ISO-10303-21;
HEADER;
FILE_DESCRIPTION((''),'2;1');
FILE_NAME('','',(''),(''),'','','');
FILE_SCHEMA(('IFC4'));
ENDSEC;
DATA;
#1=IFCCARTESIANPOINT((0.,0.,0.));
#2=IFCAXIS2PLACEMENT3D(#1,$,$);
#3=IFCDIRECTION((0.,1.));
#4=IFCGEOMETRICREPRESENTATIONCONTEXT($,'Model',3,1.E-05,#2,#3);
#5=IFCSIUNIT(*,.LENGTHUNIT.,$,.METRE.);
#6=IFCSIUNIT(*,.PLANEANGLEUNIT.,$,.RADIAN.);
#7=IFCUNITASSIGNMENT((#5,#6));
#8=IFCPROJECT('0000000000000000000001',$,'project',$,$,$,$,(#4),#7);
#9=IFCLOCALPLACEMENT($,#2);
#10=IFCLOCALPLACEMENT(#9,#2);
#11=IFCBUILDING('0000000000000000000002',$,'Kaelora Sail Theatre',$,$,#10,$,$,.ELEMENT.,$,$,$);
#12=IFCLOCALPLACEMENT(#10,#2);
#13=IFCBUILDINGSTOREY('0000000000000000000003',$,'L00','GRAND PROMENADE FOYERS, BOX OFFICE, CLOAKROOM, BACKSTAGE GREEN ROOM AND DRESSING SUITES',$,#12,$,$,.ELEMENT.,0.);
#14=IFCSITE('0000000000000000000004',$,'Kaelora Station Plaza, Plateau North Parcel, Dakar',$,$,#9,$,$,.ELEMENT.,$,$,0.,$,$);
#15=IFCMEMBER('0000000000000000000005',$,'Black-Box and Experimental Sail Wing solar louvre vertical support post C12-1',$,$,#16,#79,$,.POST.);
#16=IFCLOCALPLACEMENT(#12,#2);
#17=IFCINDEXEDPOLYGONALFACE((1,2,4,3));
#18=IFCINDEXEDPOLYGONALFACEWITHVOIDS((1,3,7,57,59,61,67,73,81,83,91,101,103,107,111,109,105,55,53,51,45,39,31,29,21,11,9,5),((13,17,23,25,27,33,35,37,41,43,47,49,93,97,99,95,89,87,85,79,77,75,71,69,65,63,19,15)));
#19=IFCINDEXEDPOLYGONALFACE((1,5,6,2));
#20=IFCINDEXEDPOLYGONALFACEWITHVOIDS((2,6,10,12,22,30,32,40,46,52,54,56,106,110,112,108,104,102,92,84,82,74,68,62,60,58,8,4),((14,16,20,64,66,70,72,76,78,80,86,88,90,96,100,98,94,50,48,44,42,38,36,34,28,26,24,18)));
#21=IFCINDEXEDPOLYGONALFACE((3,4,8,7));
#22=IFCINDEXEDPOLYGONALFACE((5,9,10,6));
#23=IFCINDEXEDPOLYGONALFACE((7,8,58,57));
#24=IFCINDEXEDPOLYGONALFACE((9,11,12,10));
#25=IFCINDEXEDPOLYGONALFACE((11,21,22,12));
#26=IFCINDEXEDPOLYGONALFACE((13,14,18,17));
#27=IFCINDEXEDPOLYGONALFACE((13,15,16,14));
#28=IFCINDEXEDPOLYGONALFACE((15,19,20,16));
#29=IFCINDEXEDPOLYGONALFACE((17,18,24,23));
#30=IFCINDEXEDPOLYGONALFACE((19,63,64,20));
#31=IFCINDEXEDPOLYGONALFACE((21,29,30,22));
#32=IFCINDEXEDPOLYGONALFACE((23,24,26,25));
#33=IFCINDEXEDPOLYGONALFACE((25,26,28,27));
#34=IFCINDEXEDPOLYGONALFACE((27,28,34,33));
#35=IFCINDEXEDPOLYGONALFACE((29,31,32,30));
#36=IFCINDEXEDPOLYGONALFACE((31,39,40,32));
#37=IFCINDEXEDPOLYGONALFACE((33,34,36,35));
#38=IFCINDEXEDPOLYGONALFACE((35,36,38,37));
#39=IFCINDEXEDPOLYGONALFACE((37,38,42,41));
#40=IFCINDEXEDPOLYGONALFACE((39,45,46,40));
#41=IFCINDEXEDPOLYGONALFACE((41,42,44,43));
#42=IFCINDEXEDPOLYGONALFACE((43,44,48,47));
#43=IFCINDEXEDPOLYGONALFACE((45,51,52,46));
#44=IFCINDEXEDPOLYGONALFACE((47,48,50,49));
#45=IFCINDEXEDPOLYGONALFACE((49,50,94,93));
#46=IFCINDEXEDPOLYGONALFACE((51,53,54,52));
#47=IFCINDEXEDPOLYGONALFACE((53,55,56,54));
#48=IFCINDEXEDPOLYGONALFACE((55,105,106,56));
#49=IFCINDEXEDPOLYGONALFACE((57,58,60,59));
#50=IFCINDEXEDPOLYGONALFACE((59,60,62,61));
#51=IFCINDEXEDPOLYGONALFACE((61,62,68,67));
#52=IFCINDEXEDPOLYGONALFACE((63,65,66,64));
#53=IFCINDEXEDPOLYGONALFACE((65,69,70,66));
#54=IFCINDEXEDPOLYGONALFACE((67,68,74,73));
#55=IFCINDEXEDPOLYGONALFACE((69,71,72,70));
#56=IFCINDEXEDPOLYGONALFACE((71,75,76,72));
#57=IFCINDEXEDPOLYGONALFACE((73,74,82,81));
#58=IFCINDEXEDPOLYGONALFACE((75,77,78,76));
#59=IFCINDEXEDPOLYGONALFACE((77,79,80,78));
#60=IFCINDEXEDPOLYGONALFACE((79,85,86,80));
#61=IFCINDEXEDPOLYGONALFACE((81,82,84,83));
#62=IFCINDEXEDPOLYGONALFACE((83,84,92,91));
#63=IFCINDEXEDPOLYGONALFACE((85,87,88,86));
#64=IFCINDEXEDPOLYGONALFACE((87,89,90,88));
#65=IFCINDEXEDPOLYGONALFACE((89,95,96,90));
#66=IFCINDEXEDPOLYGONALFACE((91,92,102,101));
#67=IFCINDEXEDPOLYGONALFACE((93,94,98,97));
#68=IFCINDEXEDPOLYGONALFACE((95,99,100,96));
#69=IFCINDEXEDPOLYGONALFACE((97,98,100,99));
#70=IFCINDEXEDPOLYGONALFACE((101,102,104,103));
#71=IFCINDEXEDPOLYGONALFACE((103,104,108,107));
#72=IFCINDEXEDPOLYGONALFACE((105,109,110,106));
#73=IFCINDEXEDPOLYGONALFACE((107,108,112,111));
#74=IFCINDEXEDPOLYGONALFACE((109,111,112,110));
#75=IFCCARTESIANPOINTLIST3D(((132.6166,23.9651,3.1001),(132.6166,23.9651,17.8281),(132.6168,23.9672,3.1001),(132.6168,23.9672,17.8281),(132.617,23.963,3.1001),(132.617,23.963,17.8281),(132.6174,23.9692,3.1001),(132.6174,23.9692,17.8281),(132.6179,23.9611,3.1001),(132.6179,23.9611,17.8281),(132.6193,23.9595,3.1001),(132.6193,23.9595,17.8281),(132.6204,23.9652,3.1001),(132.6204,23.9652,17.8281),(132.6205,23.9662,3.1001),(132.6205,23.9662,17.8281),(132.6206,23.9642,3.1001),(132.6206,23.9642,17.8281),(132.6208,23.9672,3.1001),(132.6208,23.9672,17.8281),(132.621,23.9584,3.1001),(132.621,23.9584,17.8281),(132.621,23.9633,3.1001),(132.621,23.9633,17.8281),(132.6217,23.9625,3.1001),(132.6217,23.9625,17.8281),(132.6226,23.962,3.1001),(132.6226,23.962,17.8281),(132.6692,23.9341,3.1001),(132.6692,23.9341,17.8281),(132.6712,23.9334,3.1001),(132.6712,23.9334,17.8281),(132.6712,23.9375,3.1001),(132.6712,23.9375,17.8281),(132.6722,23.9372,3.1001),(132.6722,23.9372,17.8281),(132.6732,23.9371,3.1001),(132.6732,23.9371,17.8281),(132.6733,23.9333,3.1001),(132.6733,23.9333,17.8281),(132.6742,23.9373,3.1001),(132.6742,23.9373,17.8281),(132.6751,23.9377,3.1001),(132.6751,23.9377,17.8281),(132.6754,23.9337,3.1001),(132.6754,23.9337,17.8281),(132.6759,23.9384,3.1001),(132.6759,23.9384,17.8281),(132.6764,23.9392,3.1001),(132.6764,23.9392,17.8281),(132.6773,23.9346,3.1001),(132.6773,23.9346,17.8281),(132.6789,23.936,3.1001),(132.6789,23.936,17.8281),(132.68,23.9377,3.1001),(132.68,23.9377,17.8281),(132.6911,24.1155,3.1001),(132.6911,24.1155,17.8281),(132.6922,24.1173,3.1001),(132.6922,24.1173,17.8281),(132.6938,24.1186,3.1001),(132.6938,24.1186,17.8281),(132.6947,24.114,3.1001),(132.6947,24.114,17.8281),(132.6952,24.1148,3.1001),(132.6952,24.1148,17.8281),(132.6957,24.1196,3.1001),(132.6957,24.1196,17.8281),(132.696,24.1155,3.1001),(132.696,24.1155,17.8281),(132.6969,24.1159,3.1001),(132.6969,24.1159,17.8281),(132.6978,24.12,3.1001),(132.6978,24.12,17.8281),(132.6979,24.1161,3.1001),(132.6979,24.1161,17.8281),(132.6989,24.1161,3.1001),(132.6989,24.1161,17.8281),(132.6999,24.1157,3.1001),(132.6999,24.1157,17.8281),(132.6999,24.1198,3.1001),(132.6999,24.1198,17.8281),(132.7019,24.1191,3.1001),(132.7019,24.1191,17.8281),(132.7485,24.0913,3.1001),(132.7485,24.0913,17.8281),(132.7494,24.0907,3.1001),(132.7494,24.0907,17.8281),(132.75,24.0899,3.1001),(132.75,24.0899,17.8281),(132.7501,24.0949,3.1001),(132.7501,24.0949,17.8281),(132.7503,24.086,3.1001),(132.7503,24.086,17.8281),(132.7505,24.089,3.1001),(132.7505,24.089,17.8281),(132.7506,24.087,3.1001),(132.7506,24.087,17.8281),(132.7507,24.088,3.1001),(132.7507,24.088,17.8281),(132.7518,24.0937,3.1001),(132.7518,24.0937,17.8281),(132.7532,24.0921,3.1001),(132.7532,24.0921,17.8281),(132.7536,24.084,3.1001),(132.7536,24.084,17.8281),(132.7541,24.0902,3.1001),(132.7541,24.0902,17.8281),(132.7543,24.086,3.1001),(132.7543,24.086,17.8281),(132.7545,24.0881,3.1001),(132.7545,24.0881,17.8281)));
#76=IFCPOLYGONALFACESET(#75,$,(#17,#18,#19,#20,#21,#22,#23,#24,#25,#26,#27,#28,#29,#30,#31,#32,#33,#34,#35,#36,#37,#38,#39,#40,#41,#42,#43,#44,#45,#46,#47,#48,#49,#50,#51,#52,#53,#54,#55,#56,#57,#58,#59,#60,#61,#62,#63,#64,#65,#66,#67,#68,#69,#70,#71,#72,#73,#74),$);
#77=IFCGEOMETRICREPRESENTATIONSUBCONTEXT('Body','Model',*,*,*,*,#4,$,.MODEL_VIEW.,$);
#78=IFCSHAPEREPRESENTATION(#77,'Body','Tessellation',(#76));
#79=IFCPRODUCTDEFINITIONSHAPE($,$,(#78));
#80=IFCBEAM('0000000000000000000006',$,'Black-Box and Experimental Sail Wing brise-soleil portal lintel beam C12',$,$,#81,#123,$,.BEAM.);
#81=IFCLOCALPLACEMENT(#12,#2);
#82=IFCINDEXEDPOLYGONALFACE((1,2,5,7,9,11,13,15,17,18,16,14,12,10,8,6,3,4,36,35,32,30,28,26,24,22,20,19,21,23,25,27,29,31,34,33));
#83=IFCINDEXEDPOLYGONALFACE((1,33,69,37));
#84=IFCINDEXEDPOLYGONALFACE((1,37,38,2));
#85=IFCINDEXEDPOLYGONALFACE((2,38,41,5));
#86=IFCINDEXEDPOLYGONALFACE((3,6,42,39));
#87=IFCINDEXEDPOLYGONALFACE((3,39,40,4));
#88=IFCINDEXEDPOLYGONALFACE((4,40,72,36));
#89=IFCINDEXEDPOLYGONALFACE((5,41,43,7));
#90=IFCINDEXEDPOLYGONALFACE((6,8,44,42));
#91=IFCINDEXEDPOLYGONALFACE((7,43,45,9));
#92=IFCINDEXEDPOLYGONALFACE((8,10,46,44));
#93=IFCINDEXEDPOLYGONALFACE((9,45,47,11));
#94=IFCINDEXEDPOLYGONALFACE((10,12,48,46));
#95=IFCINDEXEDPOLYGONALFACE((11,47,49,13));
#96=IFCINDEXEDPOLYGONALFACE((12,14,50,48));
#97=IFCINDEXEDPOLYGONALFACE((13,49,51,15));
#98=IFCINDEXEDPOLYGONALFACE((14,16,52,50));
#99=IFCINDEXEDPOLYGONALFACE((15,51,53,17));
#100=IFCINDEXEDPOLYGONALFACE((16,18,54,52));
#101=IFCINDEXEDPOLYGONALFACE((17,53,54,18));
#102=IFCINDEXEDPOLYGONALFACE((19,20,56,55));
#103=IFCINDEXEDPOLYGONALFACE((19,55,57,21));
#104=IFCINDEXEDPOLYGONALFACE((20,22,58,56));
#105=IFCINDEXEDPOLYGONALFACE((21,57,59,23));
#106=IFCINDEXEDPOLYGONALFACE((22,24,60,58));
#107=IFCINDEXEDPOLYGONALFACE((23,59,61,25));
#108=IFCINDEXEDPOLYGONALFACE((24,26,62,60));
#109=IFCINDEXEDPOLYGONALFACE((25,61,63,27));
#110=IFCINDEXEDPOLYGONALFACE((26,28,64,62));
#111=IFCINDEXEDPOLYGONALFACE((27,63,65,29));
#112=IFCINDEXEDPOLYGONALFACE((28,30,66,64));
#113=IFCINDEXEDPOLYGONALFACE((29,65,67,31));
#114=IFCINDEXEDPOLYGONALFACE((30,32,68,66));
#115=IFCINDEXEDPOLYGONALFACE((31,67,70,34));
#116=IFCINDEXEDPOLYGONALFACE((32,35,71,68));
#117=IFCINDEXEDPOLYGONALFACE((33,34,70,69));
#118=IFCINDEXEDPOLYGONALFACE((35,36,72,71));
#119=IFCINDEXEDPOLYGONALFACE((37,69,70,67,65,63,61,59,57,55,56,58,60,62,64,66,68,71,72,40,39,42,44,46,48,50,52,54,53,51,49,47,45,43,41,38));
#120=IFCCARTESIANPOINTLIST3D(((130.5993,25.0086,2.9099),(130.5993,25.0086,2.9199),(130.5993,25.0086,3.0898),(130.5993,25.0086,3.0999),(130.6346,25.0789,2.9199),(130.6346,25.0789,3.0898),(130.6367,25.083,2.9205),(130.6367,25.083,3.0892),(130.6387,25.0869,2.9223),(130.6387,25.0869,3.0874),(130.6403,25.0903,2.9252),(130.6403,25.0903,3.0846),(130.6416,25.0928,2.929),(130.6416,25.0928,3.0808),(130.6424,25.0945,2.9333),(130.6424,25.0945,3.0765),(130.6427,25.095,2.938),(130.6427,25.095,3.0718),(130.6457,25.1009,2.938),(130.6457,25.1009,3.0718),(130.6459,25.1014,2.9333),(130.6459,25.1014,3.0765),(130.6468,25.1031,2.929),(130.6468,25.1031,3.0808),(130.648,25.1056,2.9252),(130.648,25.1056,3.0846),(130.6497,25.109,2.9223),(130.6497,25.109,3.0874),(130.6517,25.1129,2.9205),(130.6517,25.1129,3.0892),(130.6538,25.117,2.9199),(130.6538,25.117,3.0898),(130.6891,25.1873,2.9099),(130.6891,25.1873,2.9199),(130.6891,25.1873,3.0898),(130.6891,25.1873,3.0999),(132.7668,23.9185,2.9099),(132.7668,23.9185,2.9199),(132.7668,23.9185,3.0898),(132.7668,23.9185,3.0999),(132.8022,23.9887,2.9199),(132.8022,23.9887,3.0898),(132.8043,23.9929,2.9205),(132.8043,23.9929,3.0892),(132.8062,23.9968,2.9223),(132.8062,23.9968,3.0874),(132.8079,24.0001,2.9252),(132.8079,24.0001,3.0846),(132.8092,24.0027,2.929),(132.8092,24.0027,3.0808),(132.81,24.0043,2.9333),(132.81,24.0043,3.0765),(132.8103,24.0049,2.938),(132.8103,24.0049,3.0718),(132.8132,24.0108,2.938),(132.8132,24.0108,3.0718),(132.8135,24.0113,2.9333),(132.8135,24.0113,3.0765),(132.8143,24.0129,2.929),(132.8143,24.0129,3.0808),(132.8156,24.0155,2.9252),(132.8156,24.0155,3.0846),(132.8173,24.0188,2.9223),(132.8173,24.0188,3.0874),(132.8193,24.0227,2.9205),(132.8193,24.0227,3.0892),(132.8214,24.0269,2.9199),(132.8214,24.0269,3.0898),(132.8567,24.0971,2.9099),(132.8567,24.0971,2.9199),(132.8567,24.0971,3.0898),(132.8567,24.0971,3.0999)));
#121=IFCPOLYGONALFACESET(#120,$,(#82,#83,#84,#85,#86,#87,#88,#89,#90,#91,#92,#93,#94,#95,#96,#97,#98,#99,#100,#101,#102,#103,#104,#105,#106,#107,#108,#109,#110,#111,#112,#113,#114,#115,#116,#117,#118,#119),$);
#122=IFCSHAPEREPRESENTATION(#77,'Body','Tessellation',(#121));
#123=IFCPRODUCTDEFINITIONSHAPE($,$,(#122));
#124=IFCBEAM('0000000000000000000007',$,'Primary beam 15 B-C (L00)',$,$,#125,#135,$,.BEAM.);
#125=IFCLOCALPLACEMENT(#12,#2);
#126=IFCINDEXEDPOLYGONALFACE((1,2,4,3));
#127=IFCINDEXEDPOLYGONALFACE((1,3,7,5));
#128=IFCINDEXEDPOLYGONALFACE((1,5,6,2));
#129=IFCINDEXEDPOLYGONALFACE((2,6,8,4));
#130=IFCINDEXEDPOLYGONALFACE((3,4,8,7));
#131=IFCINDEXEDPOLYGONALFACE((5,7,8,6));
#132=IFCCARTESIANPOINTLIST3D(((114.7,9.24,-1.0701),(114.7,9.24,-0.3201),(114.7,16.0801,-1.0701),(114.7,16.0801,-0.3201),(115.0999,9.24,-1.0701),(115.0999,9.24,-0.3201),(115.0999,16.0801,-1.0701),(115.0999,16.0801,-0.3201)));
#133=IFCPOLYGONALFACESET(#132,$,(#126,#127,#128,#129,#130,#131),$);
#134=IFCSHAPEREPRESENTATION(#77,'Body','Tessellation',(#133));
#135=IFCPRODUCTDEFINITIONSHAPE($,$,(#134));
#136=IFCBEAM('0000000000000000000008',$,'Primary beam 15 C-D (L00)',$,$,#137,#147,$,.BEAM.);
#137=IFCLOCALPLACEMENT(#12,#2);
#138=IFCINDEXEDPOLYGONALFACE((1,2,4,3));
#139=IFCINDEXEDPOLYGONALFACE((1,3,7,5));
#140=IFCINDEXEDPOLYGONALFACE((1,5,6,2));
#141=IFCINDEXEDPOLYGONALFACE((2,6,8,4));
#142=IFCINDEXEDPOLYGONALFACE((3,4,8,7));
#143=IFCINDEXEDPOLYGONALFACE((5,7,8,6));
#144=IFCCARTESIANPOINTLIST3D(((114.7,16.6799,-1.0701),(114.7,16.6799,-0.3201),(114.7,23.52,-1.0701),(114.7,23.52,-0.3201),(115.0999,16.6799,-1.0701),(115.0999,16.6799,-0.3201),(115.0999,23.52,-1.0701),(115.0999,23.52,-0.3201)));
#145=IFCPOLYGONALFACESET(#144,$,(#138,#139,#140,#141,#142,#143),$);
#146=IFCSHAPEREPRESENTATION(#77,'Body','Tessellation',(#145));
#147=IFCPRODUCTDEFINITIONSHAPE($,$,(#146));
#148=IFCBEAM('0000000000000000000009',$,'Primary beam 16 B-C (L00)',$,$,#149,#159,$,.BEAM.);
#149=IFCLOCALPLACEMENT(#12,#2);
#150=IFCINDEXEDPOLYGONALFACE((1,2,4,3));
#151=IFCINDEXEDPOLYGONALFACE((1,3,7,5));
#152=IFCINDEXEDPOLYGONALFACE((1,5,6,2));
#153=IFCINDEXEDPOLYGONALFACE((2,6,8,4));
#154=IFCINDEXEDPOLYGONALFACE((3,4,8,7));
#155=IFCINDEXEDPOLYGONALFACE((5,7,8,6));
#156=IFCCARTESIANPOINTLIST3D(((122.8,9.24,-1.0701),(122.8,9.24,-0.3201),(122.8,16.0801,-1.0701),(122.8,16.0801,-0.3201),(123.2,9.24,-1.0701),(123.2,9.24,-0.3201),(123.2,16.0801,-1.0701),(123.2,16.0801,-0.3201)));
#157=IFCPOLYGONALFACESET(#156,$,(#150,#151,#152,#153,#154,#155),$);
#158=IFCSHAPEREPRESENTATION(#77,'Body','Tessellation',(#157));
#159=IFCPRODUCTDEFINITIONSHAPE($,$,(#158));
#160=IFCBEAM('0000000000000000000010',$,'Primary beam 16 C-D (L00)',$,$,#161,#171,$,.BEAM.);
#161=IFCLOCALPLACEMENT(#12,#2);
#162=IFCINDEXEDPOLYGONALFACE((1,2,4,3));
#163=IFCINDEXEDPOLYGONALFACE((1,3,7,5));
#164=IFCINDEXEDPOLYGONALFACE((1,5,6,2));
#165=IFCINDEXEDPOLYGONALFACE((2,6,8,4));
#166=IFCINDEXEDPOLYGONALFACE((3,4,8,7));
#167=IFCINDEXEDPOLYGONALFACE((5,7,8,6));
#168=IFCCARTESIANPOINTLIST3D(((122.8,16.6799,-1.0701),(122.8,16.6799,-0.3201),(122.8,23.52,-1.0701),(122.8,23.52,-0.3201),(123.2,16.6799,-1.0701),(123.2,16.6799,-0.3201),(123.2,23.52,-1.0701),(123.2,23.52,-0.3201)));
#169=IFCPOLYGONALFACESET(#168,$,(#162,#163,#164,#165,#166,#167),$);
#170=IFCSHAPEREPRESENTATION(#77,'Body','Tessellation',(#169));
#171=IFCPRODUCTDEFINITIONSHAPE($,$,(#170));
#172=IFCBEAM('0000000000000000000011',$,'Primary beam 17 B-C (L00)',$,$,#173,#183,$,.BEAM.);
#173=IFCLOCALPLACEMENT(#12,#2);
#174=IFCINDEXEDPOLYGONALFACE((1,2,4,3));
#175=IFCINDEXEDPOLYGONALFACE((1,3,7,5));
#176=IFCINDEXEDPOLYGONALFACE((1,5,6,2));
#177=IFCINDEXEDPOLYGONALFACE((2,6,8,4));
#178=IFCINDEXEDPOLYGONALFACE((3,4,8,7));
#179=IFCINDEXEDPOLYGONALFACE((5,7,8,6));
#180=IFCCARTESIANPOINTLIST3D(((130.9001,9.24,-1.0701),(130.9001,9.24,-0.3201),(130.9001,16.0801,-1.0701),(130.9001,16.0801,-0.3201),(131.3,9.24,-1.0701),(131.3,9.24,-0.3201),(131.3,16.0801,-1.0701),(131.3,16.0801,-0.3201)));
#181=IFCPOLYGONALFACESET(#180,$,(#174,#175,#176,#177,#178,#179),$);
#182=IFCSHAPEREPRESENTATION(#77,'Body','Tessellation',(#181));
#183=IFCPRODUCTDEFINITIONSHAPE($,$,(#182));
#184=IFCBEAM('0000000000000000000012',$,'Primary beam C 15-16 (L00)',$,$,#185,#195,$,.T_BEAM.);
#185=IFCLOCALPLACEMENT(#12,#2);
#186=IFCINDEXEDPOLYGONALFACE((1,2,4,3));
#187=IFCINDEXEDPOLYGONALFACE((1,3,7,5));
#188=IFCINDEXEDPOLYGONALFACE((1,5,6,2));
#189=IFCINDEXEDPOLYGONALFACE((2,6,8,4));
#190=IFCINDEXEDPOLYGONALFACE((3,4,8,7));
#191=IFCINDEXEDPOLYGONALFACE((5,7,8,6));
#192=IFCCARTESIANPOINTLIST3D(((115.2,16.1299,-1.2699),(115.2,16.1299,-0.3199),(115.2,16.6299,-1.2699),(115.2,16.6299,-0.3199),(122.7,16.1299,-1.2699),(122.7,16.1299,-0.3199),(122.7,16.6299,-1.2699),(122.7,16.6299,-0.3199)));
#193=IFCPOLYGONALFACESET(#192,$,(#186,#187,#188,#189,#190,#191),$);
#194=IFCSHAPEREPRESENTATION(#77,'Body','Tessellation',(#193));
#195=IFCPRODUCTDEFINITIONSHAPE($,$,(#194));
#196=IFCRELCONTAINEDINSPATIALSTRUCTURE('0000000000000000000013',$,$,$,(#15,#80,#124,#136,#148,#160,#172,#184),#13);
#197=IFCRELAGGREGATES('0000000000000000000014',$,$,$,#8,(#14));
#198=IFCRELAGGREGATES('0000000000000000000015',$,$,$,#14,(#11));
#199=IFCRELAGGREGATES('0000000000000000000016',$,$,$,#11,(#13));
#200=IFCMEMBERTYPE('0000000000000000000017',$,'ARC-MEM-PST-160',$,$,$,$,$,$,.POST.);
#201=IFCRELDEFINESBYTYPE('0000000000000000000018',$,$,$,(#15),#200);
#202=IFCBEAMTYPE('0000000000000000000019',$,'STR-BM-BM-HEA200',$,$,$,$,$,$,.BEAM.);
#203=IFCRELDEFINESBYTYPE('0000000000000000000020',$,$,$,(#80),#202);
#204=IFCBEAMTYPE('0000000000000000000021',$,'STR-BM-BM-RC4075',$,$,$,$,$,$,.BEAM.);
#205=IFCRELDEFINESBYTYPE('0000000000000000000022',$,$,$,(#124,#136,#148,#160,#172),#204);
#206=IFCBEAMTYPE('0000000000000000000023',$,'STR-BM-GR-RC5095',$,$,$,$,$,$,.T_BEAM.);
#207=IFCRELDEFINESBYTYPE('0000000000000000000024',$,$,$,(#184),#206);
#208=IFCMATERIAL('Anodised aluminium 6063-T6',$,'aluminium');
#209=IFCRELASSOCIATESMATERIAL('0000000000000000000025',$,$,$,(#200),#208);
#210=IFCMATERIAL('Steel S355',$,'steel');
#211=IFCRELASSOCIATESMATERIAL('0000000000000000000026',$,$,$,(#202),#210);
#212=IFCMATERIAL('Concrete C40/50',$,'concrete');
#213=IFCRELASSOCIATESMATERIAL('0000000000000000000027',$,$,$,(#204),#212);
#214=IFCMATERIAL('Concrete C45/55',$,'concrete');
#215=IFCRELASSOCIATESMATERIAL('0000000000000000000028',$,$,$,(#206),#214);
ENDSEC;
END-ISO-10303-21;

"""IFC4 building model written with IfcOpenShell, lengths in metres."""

from ifc_helpers import new_model, si_unit, direction, frame, origin, origin_2d, place, context, subcontext, project, spatial, rectangle, hollow_rectangle, i_section, extrude, material, material_profile, profile_set, type_object, element, save


model = new_model("IFC4")

# Units and contexts
model_context = context("Model", 3, precision=1e-05, world=origin(), true_north=direction((0.0, 1.0)))
body_context = subcontext(model_context, "Body", "Model", "MODEL_VIEW")
ifc_project = project(units=[si_unit("LENGTHUNIT", "METRE"), si_unit("PLANEANGLEUNIT", "RADIAN")], contexts=[model_context])

# Site, building, storey
site_placement = place(None, origin())
site = spatial("IfcSite", under=ifc_project, at=site_placement, Name="Kaelora Station Plaza, Plateau North Parcel, Dakar", CompositionType="ELEMENT", RefElevation=0.0)
building_placement = place(site_placement, origin())
building = spatial("IfcBuilding", under=site, at=building_placement, Name="Kaelora Sail Theatre", CompositionType="ELEMENT")
storey_placement = place(building_placement, origin())
storey = spatial("IfcBuildingStorey", under=building, at=storey_placement, Name="L00", Description="GRAND PROMENADE FOYERS, BOX OFFICE, CLOAKROOM, BACKSTAGE GREEN ROOM AND DRESSING SUITES", CompositionType="ELEMENT", Elevation=0.0)

# Member
ifc_material_1 = material(Name="Anodised aluminium 6063-T6", Category="aluminium")
ifc_material_profile_1 = material_profile(ifc_material_1, hollow_rectangle(XDim=0.0701, YDim=0.1799, WallThickness=0.0039, InnerFilletRadius=0.0039, OuterFilletRadius=0.0081, at=origin_2d()), Name="ALU-MULL 70x180x4")
ifc_profile_set_1 = profile_set([ifc_material_profile_1], Name="Anodised aluminium 6063-T6")
member_type_1 = type_object("IfcMemberType", Name="ARC-MEM-PST-160", PredefinedType="POST", material=ifc_profile_set_1)
member_1_placement = place(storey_placement, frame((132.6855, 24.0266, 3.1001), z_axis=(0.0, 0.0, 1.0), x_axis=(-0.893371, 0.449319, 0.0)))
element("IfcMember", 1, at=member_1_placement, inside=storey, type_object=member_type_1, Name="Black-Box and Experimental Sail Wing solar louvre vertical support post C12-1", PredefinedType="POST", context=body_context, shape_type="SweptSolid", body=[
    extrude(hollow_rectangle(XDim=0.0701, YDim=0.1799, WallThickness=0.0039, InnerFilletRadius=0.0039, OuterFilletRadius=0.0081, at=origin_2d()), origin(), (0.0, 0.0, 1.0), 14.728),
])

# Beams
ifc_material_2 = material(Name="Steel S355", Category="steel")
ifc_material_profile_2 = material_profile(ifc_material_2, i_section(OverallWidth=0.2, OverallDepth=0.1899, WebThickness=0.0066, FlangeThickness=0.01, FilletRadius=0.0181, at=origin_2d()), Name="HEA 200")
ifc_profile_set_2 = profile_set([ifc_material_profile_2], Name="Steel S355")
beam_type_1 = type_object("IfcBeamType", Name="STR-BM-BM-HEA200", PredefinedType="BEAM", material=ifc_profile_set_2)
beam_1_placement = place(storey_placement, frame((132.8118, 24.0078, 3.0049), z_axis=(-0.893378, 0.449305, 0.0), x_axis=(-0.449305, -0.893378, 0.0)))
element("IfcBeam", 2, at=beam_1_placement, inside=storey, type_object=beam_type_1, Name="Black-Box and Experimental Sail Wing brise-soleil portal lintel beam C12", PredefinedType="BEAM", context=body_context, shape_type="SweptSolid", body=[
    extrude(i_section(OverallWidth=0.2, OverallDepth=0.1899, WebThickness=0.0066, FlangeThickness=0.01, FilletRadius=0.0181, at=origin_2d()), origin(), (0.0, 0.0, 1.0), 2.4263),
])
ifc_material_3 = material(Name="Concrete C40/50", Category="concrete")
ifc_material_profile_3 = material_profile(ifc_material_3, rectangle(XDim=0.3999, YDim=0.75, at=origin_2d()), Name="RC-BM 400x750")
ifc_profile_set_3 = profile_set([ifc_material_profile_3], Name="Concrete C40/50")
beam_type_2 = type_object("IfcBeamType", Name="STR-BM-BM-RC4075", PredefinedType="BEAM", material=ifc_profile_set_3)
for number, where, z_axis, x_axis, name in (
    (3, (114.8999, 9.24, -0.6951), (0.0, 1.0, 0.0), (-1.0, 0.0, 0.0), "Primary beam 15 B-C (L00)"),
    (4, (114.8999, 16.6799, -0.6951), (0.0, 1.0, 0.0), (-1.0, 0.0, 0.0), "Primary beam 15 C-D (L00)"),
    (5, (123.0, 9.24, -0.6951), (0.0, 1.0, 0.0), (-1.0, 0.0, 0.0), "Primary beam 16 B-C (L00)"),
    (6, (123.0, 16.6799, -0.6951), (0.0, 1.0, 0.0), (-1.0, 0.0, 0.0), "Primary beam 16 C-D (L00)"),
    (7, (131.1001, 9.24, -0.6951), (0.0, 1.0, 0.0), (-1.0, 0.0, 0.0), "Primary beam 17 B-C (L00)"),
):
    element("IfcBeam", number, at=place(storey_placement, frame(where, z_axis=z_axis, x_axis=x_axis)), inside=storey, type_object=beam_type_2, Name=name, PredefinedType="BEAM", context=body_context, shape_type="SweptSolid", body=[
        extrude(rectangle(XDim=0.3999, YDim=0.75, at=origin_2d()), origin(), (0.0, 0.0, 1.0), 6.8401),
    ])
ifc_material_4 = material(Name="Concrete C45/55", Category="concrete")
ifc_material_profile_4 = material_profile(ifc_material_4, rectangle(XDim=0.5, YDim=0.95, at=origin_2d()), Name="RC-GRD 500x950")
ifc_profile_set_4 = profile_set([ifc_material_profile_4], Name="Concrete C45/55")
beam_type_3 = type_object("IfcBeamType", Name="STR-BM-GR-RC5095", PredefinedType="T_BEAM", material=ifc_profile_set_4)
for number, where, z_axis, x_axis, name in (
    (8, (115.2, 16.3799, -0.7949), (1.0, 0.0, 0.0), (0.0, 1.0, 0.0), "Primary beam C 15-16 (L00)"),
):
    element("IfcBeam", number, at=place(storey_placement, frame(where, z_axis=z_axis, x_axis=x_axis)), inside=storey, type_object=beam_type_3, Name=name, PredefinedType="T_BEAM", context=body_context, shape_type="SweptSolid", body=[
        extrude(rectangle(XDim=0.5, YDim=0.95, at=origin_2d()), origin(), (0.0, 0.0, 1.0), 7.5),
    ])

save(model, "model.ifc")
